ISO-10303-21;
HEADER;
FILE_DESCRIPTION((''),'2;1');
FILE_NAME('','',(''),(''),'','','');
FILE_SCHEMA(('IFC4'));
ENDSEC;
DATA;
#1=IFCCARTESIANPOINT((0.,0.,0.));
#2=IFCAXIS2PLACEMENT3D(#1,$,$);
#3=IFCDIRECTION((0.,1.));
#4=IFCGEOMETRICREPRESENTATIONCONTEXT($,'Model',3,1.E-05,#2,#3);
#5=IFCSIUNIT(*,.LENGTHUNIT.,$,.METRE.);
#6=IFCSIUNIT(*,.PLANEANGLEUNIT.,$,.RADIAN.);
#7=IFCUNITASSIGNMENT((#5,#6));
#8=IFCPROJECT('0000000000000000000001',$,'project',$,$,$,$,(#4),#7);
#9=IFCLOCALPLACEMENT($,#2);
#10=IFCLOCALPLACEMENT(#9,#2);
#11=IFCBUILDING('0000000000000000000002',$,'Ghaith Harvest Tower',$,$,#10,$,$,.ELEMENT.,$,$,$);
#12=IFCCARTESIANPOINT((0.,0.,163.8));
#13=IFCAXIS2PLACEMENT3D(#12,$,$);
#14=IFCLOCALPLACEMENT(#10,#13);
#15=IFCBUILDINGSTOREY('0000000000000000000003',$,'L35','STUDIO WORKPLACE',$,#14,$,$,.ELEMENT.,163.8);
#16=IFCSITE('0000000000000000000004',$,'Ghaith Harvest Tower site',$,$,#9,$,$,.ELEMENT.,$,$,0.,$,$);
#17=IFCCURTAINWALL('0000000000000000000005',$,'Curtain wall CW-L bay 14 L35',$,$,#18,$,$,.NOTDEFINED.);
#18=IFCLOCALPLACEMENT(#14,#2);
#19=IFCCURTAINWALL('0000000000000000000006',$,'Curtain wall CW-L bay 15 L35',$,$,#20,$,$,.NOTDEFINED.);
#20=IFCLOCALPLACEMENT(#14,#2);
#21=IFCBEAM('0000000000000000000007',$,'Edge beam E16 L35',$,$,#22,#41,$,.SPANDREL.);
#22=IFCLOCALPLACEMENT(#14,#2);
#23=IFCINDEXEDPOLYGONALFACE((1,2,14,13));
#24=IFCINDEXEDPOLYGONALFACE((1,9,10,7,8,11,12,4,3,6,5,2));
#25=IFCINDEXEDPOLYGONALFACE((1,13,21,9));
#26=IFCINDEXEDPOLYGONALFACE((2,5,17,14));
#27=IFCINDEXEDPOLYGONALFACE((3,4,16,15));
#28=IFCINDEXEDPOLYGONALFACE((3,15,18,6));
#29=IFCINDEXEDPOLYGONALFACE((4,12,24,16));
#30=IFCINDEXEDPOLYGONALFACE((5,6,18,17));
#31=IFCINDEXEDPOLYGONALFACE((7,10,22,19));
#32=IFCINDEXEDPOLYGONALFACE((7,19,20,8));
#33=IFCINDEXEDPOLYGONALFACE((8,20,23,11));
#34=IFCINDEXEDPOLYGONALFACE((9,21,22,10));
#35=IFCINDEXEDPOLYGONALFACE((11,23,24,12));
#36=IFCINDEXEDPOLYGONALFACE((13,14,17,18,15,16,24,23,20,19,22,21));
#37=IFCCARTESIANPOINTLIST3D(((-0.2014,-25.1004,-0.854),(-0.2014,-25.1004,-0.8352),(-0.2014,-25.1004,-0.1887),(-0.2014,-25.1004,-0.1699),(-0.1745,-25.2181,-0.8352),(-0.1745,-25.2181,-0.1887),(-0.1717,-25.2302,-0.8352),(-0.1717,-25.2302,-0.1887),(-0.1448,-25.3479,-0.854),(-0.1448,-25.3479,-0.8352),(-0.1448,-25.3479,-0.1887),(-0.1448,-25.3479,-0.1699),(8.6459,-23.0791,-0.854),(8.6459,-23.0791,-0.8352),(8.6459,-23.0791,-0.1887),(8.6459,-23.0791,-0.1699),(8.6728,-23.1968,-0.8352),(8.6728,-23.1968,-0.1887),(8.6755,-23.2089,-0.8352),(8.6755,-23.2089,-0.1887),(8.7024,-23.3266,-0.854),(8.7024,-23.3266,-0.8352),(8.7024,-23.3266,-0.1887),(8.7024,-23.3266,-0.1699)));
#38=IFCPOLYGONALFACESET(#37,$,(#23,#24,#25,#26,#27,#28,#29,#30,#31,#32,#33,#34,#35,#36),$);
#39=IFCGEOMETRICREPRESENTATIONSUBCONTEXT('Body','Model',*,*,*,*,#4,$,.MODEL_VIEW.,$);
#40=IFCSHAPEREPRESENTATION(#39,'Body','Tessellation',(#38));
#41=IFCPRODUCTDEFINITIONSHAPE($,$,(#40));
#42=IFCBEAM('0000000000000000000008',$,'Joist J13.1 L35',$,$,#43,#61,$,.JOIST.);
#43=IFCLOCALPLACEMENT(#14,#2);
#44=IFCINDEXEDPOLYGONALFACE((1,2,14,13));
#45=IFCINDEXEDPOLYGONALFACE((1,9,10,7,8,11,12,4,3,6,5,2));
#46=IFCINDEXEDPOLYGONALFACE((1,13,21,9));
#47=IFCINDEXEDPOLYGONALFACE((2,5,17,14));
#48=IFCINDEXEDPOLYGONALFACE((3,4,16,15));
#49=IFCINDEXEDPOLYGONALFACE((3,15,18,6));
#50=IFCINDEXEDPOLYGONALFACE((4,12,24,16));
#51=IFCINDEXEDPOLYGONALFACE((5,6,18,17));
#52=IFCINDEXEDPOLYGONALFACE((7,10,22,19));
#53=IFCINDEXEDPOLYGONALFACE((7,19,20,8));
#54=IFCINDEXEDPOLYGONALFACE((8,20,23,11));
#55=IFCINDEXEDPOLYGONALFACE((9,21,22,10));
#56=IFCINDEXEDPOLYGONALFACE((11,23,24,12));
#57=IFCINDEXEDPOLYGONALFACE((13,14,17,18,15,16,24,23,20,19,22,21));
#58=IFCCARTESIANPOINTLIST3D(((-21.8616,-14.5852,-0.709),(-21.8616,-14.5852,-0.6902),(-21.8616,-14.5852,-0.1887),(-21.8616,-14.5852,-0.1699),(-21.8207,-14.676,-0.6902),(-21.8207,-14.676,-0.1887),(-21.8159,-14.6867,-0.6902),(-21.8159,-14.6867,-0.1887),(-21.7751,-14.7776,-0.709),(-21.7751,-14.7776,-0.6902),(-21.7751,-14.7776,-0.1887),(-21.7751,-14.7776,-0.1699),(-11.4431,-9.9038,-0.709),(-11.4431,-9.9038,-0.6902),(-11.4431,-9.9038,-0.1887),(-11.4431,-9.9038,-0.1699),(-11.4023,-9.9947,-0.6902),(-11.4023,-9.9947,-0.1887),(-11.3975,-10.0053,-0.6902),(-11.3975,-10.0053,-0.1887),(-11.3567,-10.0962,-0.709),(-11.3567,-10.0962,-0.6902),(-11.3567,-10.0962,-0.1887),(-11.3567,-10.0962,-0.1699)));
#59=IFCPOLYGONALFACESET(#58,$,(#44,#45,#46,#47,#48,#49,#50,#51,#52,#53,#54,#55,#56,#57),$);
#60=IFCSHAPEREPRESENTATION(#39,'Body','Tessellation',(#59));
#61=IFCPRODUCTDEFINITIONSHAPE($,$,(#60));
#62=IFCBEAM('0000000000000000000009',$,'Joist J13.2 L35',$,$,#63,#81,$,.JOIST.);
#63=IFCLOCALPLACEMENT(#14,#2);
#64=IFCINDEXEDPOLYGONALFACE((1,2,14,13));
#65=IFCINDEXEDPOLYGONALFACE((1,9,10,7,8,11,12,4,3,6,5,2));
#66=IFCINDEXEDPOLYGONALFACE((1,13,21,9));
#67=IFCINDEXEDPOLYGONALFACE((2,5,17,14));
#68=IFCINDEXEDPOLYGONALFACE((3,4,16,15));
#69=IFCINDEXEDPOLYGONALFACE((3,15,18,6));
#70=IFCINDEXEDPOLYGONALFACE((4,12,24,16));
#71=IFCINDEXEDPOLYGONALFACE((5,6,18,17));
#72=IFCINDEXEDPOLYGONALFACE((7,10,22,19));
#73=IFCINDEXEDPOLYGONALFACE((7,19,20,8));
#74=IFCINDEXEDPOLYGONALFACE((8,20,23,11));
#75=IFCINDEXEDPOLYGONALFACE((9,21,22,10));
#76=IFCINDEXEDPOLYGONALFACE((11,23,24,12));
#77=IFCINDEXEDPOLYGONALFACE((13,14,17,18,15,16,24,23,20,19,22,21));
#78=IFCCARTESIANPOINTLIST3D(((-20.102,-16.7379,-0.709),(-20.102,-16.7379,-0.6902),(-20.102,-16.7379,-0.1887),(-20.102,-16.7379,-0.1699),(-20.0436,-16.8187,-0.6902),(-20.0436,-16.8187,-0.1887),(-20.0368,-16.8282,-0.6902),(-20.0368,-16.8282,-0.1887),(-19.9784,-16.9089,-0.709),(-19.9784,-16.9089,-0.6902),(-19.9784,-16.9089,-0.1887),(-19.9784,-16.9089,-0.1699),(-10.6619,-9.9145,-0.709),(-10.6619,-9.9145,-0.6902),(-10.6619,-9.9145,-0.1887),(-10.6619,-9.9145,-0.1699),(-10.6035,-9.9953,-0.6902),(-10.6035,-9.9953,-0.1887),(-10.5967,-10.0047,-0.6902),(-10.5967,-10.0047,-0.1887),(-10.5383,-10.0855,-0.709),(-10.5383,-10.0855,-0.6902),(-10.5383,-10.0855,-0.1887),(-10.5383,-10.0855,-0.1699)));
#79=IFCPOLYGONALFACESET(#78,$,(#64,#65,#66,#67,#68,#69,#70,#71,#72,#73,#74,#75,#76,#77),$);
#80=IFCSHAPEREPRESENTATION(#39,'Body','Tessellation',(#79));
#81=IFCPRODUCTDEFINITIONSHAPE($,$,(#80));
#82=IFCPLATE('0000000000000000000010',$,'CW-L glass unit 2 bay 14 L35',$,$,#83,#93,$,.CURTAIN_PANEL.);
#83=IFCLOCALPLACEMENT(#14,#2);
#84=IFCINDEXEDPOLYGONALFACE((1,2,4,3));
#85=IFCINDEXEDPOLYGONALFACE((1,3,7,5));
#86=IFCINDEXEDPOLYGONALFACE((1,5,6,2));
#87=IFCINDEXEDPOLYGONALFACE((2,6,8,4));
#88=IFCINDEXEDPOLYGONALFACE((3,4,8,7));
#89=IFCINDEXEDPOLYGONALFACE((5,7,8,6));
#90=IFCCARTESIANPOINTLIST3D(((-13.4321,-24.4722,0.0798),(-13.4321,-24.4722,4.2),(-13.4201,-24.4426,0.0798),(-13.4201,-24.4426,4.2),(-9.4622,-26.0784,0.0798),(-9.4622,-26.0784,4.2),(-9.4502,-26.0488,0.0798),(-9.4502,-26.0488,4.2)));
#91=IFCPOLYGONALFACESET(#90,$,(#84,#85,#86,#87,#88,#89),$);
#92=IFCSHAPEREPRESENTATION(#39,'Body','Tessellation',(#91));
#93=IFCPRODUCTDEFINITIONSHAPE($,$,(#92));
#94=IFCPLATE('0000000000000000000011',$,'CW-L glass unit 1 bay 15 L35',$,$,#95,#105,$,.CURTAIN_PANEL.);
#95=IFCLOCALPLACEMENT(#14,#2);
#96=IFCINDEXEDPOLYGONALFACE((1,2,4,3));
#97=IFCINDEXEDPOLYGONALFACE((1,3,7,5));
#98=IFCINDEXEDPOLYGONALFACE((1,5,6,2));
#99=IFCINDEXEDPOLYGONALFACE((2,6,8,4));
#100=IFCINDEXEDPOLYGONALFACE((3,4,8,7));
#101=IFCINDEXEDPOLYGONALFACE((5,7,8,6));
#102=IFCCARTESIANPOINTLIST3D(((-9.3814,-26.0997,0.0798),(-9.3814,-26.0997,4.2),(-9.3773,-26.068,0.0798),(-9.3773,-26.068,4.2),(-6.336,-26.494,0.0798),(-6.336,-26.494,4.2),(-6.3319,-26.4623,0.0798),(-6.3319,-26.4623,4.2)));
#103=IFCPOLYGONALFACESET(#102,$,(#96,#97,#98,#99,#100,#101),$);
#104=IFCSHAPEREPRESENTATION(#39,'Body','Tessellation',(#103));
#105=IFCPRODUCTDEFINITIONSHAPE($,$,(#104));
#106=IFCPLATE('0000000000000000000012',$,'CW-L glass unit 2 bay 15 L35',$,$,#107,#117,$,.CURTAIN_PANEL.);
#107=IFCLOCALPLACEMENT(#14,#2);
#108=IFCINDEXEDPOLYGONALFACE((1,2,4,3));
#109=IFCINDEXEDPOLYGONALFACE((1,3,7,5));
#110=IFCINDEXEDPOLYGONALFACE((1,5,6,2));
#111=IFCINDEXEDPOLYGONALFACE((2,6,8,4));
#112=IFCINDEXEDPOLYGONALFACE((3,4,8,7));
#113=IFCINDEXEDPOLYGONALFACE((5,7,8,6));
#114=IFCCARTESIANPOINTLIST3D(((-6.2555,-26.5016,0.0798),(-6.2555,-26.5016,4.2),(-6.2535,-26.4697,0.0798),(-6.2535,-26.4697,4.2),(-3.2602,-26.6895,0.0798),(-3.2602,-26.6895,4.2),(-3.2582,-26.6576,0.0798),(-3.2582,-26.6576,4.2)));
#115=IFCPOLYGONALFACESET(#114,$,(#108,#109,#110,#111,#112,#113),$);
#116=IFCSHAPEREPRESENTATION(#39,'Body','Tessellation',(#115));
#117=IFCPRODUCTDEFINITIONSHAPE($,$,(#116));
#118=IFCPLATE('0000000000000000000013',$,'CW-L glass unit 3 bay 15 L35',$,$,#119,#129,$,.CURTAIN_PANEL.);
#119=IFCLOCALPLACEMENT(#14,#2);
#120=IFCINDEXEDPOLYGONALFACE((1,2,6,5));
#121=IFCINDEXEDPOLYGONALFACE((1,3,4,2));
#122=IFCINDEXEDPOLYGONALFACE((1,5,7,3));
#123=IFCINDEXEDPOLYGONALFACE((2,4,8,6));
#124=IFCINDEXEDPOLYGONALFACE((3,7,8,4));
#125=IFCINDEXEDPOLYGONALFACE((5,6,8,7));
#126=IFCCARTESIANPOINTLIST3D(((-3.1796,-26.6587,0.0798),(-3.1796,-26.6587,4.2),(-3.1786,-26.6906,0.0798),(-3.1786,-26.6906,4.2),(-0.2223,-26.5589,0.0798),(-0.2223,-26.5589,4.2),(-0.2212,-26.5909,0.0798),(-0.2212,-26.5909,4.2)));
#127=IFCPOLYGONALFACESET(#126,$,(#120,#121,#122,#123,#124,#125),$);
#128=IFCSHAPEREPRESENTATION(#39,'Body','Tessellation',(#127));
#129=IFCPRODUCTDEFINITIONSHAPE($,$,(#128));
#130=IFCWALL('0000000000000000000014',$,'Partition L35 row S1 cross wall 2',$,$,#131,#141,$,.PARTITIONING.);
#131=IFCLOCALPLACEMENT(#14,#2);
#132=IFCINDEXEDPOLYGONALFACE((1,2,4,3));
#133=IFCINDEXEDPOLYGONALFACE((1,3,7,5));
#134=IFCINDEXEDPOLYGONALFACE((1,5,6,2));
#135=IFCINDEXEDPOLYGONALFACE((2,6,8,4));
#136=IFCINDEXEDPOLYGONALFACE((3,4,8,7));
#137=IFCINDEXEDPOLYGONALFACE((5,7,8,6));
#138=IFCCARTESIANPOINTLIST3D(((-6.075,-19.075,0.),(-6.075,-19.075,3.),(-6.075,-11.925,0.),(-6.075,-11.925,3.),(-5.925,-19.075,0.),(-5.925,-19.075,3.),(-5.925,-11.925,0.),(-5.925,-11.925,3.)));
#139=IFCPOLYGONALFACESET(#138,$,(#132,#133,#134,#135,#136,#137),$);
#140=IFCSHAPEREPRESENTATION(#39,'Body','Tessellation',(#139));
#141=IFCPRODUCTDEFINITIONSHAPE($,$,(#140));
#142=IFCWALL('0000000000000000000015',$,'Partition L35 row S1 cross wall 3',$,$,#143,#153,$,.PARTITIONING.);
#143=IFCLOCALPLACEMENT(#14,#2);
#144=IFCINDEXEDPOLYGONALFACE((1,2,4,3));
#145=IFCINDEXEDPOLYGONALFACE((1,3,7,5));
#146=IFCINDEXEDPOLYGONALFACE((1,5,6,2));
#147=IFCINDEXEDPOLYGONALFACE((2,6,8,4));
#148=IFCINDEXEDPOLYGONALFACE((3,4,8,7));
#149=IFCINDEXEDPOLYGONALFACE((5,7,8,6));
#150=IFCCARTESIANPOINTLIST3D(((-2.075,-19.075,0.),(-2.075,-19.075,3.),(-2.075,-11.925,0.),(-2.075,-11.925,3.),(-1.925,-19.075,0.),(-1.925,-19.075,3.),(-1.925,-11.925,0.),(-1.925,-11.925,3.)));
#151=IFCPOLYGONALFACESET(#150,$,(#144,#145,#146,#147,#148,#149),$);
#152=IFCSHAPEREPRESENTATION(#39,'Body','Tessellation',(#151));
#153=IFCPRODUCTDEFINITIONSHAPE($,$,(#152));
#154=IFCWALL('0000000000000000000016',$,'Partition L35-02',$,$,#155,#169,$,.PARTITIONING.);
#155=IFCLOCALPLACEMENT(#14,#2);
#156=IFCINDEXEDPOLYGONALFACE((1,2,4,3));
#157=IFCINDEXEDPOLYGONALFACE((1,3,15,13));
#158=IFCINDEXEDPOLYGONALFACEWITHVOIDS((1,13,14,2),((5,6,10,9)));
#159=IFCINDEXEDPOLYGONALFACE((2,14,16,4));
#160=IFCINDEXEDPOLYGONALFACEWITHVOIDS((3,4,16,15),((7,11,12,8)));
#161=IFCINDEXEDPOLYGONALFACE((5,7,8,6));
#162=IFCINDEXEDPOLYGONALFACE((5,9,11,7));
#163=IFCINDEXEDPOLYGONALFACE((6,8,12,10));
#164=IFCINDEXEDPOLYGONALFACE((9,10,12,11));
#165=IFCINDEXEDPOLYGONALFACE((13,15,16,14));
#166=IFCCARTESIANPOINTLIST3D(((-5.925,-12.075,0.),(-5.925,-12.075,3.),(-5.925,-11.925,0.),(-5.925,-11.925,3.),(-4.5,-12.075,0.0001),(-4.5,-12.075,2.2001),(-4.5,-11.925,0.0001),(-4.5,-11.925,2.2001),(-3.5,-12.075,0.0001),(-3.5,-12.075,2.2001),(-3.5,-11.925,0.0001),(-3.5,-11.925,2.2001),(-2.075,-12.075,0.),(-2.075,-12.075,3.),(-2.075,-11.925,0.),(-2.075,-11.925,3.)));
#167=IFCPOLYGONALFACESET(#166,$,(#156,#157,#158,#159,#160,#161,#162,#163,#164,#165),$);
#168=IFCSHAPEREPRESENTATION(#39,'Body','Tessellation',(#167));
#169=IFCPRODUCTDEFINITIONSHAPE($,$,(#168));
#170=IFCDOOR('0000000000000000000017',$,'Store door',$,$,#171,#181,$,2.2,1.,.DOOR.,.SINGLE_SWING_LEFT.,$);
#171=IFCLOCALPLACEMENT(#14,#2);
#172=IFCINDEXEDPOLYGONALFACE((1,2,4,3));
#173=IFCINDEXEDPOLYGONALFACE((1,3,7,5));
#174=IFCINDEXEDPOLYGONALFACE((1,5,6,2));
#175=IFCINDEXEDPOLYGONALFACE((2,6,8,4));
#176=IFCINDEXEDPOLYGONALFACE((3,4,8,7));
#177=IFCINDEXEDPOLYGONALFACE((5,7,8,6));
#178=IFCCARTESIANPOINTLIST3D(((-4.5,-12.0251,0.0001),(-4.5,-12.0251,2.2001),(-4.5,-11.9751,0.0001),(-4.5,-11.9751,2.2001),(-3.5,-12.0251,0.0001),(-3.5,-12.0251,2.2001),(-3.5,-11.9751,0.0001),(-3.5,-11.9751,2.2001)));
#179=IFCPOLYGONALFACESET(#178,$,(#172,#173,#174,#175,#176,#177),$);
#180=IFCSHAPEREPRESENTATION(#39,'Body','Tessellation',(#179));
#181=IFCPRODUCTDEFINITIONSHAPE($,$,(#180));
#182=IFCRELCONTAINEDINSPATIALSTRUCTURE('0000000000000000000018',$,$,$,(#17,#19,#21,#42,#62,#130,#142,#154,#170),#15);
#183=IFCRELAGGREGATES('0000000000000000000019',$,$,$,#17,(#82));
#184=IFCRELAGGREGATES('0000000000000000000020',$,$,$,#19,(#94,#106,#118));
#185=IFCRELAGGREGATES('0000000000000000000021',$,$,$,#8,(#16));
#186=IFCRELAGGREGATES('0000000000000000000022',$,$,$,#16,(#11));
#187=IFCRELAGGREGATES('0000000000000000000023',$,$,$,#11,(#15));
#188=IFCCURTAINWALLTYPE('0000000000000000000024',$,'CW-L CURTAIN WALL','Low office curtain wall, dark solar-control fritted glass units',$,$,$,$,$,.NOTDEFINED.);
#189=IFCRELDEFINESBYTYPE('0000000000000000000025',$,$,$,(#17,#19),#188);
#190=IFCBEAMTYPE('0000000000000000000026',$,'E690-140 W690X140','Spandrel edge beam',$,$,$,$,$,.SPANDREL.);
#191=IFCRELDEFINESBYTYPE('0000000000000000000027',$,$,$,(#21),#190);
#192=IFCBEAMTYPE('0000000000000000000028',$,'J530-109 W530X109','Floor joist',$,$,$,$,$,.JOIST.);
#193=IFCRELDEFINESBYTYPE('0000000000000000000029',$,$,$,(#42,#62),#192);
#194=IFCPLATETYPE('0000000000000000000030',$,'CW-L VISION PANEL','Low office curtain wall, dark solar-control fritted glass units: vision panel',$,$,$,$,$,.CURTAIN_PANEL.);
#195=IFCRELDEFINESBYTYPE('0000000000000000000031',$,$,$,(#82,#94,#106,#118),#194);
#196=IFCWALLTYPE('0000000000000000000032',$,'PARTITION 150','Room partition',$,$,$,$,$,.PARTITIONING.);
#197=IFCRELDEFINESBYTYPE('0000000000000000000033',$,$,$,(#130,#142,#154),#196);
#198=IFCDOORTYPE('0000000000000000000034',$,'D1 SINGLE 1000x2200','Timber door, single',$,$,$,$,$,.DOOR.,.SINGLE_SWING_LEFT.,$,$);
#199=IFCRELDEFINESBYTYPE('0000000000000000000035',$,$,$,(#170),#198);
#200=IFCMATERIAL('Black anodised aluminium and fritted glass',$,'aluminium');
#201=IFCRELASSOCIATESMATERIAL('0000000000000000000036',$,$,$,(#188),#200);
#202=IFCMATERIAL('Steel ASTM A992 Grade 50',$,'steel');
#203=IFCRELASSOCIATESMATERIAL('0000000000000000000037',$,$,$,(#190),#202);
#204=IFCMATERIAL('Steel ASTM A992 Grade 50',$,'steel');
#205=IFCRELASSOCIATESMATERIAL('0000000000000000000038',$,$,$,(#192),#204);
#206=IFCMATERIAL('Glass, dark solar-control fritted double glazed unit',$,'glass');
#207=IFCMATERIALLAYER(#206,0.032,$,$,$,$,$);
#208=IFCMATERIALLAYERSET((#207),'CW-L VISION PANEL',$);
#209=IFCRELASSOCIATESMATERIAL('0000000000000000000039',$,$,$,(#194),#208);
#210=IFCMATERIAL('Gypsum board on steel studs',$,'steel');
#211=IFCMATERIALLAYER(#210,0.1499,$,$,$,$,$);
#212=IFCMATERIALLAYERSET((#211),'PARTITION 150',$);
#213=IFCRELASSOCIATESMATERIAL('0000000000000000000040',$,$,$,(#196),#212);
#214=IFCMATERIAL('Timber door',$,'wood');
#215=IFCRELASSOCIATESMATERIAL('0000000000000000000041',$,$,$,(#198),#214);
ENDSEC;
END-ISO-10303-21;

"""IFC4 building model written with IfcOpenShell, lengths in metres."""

from ifc_helpers import new_model, si_unit, direction, frame, frame_2d, origin, origin_2d, place, context, subcontext, project, spatial, rectangle, i_section, extrude, material, layer, layer_set, material_profile, profile_set, type_object, element, fill, aggregate, save


model = new_model("IFC4")

# Units and contexts
model_context = context("Model", 3, precision=1e-05, world=origin(), true_north=direction((0.0, 1.0)))
body_context = subcontext(model_context, "Body", "Model", "MODEL_VIEW")
ifc_project = project(units=[si_unit("LENGTHUNIT", "METRE"), si_unit("PLANEANGLEUNIT", "RADIAN")], contexts=[model_context])

# Site, building, storey
site_placement = place(None, origin())
site = spatial("IfcSite", under=ifc_project, at=site_placement, Name="Ghaith Harvest Tower site", CompositionType="ELEMENT", RefElevation=0.0)
building_placement = place(site_placement, origin())
building = spatial("IfcBuilding", under=site, at=building_placement, Name="Ghaith Harvest Tower", CompositionType="ELEMENT")
storey_placement = place(building_placement, frame((0.0, 0.0, 163.8)))
storey = spatial("IfcBuildingStorey", under=building, at=storey_placement, Name="L35", Description="STUDIO WORKPLACE", CompositionType="ELEMENT", Elevation=163.8)

# Curtain wall
ifc_material_1 = material(Name="Black anodised aluminium and fritted glass", Category="aluminium")
curtain_wall_type = type_object("IfcCurtainWallType", Name="CW-L CURTAIN WALL", Description="Low office curtain wall, dark solar-control fritted glass units", PredefinedType="NOTDEFINED", material=ifc_material_1)
curtain_wall_1_placement = place(storey_placement, origin())
curtain_wall_1 = element("IfcCurtainWall", 1, at=curtain_wall_1_placement, inside=storey, type_object=curtain_wall_type, Name="Curtain wall CW-L bay 14 L35", PredefinedType="NOTDEFINED")

# Curtain wall
curtain_wall_2_placement = place(storey_placement, origin())
curtain_wall_2 = element("IfcCurtainWall", 2, at=curtain_wall_2_placement, inside=storey, type_object=curtain_wall_type, Name="Curtain wall CW-L bay 15 L35", PredefinedType="NOTDEFINED")

# Beams
ifc_material_2 = material(Name="Steel ASTM A992 Grade 50", Category="steel")
ifc_material_profile_1 = material_profile(ifc_material_2, i_section(OverallWidth=0.2539, OverallDepth=0.6841, WebThickness=0.0125, FlangeThickness=0.0188, at=origin_2d()), Name="W690X140")
ifc_profile_set_1 = profile_set([ifc_material_profile_1], Name="Steel ASTM A992 Grade 50")
beam_type_1 = type_object("IfcBeamType", Name="E690-140 W690X140", Description="Spandrel edge beam", PredefinedType="SPANDREL", material=ifc_profile_set_1)
beam_1_placement = place(storey_placement, frame((-0.1731, -25.2241, -0.512), z_axis=(0.974882, 0.222723, 0.0), x_axis=(-0.222723, 0.974882, 0.0)))
element("IfcBeam", 3, at=beam_1_placement, inside=storey, type_object=beam_type_1, Name="Edge beam E16 L35", PredefinedType="SPANDREL", context=body_context, shape_type="SweptSolid", body=[
    extrude(i_section(OverallWidth=0.2539, OverallDepth=0.6841, WebThickness=0.0125, FlangeThickness=0.0188, at=origin_2d()), origin(), (0.0, 0.0, 1.0), 9.0752),
])
ifc_material_3 = material(Name="Steel ASTM A992 Grade 50", Category="steel")
ifc_material_profile_2 = material_profile(ifc_material_3, i_section(OverallWidth=0.2109, OverallDepth=0.5391, WebThickness=0.0117, FlangeThickness=0.0188, at=origin_2d()), Name="W530X109")
ifc_profile_set_2 = profile_set([ifc_material_profile_2], Name="Steel ASTM A992 Grade 50")
beam_type_2 = type_object("IfcBeamType", Name="J530-109 W530X109", Description="Floor joist", PredefinedType="JOIST", material=ifc_profile_set_2)
beam_2_placement = place(storey_placement, frame((-11.3999, -10.0, -0.4395), z_axis=(-0.912148, -0.409862, 0.0), x_axis=(0.409862, -0.912148, 0.0)))
element("IfcBeam", 4, at=beam_2_placement, inside=storey, type_object=beam_type_2, Name="Joist J13.1 L35", PredefinedType="JOIST", context=body_context, shape_type="SweptSolid", body=[
    extrude(i_section(OverallWidth=0.2109, OverallDepth=0.5391, WebThickness=0.0117, FlangeThickness=0.0188, at=origin_2d()), origin(), (0.0, 0.0, 1.0), 11.4219),
])
beam_3_placement = place(storey_placement, frame((-10.6001, -10.0, -0.4395), z_axis=(-0.810452, -0.585805, 0.0), x_axis=(0.585805, -0.810452, 0.0)))
element("IfcBeam", 5, at=beam_3_placement, inside=storey, type_object=beam_type_2, Name="Joist J13.2 L35", PredefinedType="JOIST", context=body_context, shape_type="SweptSolid", body=[
    extrude(i_section(OverallWidth=0.2109, OverallDepth=0.5391, WebThickness=0.0117, FlangeThickness=0.0188, at=origin_2d()), origin(), (0.0, 0.0, 1.0), 11.6479),
])

# Plates
ifc_material_4 = material(Name="Glass, dark solar-control fritted double glazed unit", Category="glass")
ifc_layer_1 = layer(ifc_material_4, 0.032)
ifc_layer_set_1 = layer_set([ifc_layer_1], Name="CW-L VISION PANEL")
plate_type = type_object("IfcPlateType", Name="CW-L VISION PANEL", Description="Low office curtain wall, dark solar-control fritted glass units: vision panel", PredefinedType="CURTAIN_PANEL", material=ifc_layer_set_1)
plate_1_placement = place(storey_placement, frame((-11.4412, -25.2605, 0.0798), z_axis=(0.0, 0.0, 1.0), x_axis=(0.927003, -0.375055, 0.0)))
plate_1 = element("IfcPlate", 6, at=plate_1_placement, type_object=plate_type, Name="CW-L glass unit 2 bay 14 L35", PredefinedType="CURTAIN_PANEL", context=body_context, shape_type="SweptSolid", body=[
    extrude(rectangle(XDim=4.2825, YDim=0.032, at=origin_2d()), origin(), (0.0, 0.0, 1.0), 4.1201),
])
aggregate(curtain_wall_1, [plate_1])
plate_2_placement = place(storey_placement, frame((-7.8567, -26.281, 0.0798), z_axis=(0.0, 0.0, 1.0), x_axis=(0.991723, -0.128392, 0.0)))
plate_2 = element("IfcPlate", 7, at=plate_2_placement, type_object=plate_type, Name="CW-L glass unit 1 bay 15 L35", PredefinedType="CURTAIN_PANEL", context=body_context, shape_type="SweptSolid", body=[
    extrude(rectangle(XDim=3.0708, YDim=0.032, at=origin_2d()), origin(), (0.0, 0.0, 1.0), 4.1201),
])
plate_3_placement = place(storey_placement, frame((-4.7568, -26.5796, 0.0798), z_axis=(0.0, 0.0, 1.0), x_axis=(0.998038, -0.062607, 0.0)))
plate_3 = element("IfcPlate", 8, at=plate_3_placement, type_object=plate_type, Name="CW-L glass unit 2 bay 15 L35", PredefinedType="CURTAIN_PANEL", context=body_context, shape_type="SweptSolid", body=[
    extrude(rectangle(XDim=3.0012, YDim=0.032, at=origin_2d()), origin(), (0.0, 0.0, 1.0), 4.1201),
])
plate_4_placement = place(storey_placement, frame((-1.7004, -26.6248, 0.0798), z_axis=(0.0, 0.0, 1.0), x_axis=(0.999432, 0.033714, 0.0)))
plate_4 = element("IfcPlate", 9, at=plate_4_placement, type_object=plate_type, Name="CW-L glass unit 3 bay 15 L35", PredefinedType="CURTAIN_PANEL", context=body_context, shape_type="SweptSolid", body=[
    extrude(rectangle(XDim=2.959, YDim=0.032, at=origin_2d()), origin(), (0.0, 0.0, 1.0), 4.1201),
])
aggregate(curtain_wall_2, [plate_2, plate_3, plate_4])

# Walls
ifc_material_5 = material(Name="Gypsum board on steel studs", Category="steel")
ifc_layer_2 = layer(ifc_material_5, 0.1499)
ifc_layer_set_2 = layer_set([ifc_layer_2], Name="PARTITION 150")
wall_type = type_object("IfcWallType", Name="PARTITION 150", Description="Room partition", PredefinedType="PARTITIONING", material=ifc_layer_set_2)
for number, where, z_axis, x_axis, name in (
    (10, (-6.0, -11.925, 0.0), (0.0, 0.0, 1.0), (0.0, -1.0, 0.0), "Partition L35 row S1 cross wall 2"),
    (11, (-2.0, -11.925, 0.0), (0.0, 0.0, 1.0), (0.0, -1.0, 0.0), "Partition L35 row S1 cross wall 3"),
):
    element("IfcWall", number, at=place(storey_placement, frame(where, z_axis=z_axis, x_axis=x_axis)), inside=storey, type_object=wall_type, Name=name, PredefinedType="PARTITIONING", context=body_context, shape_type="SweptSolid", body=[
        extrude(rectangle(XDim=7.1499, YDim=0.1499, at=frame_2d((3.575, 0.0))), origin(), (0.0, 0.0, 1.0), 3.0),
    ])

# Wall, opening, door
wall_1_placement = place(storey_placement, frame((-5.925, -12.0, 0.0), z_axis=(0.0, 0.0, 1.0), x_axis=(1.0, 0.0, 0.0)))
wall_1 = element("IfcWall", 12, at=wall_1_placement, inside=storey, type_object=wall_type, Name="Partition L35-02", PredefinedType="PARTITIONING", context=body_context, shape_type="SweptSolid", body=[
    extrude(rectangle(XDim=3.8501, YDim=0.1499, at=frame_2d((1.925, 0.0))), origin(), (0.0, 0.0, 1.0), 3.0),
])
opening_placement = place(wall_1_placement, frame((1.425, 0.0, 0.0)))
opening = element("IfcOpeningElement", 13, at=opening_placement, cuts=wall_1, PredefinedType="OPENING", context=body_context, shape_type="SweptSolid", body=[
    extrude(rectangle(XDim=1.0, YDim=2.2, at=frame_2d((0.5, 1.1001))), frame((0.0, 0.085, 0.0), z_axis=(0.0, -1.0, 0.0), x_axis=(1.0, 0.0, 0.0)), (0.0, 0.0, 1.0), 0.1699),
])
ifc_material_6 = material(Name="Timber door", Category="wood")
door_type = type_object("IfcDoorType", Name="D1 SINGLE 1000x2200", Description="Timber door, single", OperationType="SINGLE_SWING_LEFT", PredefinedType="DOOR", material=ifc_material_6)
door_placement = place(opening_placement, origin())
door = element("IfcDoor", 14, at=door_placement, inside=storey, type_object=door_type, Name="Store door", OperationType="SINGLE_SWING_LEFT", OverallHeight=2.2, OverallWidth=1.0, PredefinedType="DOOR", context=body_context, shape_type="SweptSolid", body=[
    extrude(rectangle(XDim=1.0, YDim=2.2, at=frame_2d((0.5, 1.1001))), frame((0.0, 0.0249, 0.0), z_axis=(0.0, -1.0, 0.0), x_axis=(1.0, 0.0, 0.0)), (0.0, 0.0, 1.0), 0.05),
])
fill(opening, door)

save(model, "model.ifc")
